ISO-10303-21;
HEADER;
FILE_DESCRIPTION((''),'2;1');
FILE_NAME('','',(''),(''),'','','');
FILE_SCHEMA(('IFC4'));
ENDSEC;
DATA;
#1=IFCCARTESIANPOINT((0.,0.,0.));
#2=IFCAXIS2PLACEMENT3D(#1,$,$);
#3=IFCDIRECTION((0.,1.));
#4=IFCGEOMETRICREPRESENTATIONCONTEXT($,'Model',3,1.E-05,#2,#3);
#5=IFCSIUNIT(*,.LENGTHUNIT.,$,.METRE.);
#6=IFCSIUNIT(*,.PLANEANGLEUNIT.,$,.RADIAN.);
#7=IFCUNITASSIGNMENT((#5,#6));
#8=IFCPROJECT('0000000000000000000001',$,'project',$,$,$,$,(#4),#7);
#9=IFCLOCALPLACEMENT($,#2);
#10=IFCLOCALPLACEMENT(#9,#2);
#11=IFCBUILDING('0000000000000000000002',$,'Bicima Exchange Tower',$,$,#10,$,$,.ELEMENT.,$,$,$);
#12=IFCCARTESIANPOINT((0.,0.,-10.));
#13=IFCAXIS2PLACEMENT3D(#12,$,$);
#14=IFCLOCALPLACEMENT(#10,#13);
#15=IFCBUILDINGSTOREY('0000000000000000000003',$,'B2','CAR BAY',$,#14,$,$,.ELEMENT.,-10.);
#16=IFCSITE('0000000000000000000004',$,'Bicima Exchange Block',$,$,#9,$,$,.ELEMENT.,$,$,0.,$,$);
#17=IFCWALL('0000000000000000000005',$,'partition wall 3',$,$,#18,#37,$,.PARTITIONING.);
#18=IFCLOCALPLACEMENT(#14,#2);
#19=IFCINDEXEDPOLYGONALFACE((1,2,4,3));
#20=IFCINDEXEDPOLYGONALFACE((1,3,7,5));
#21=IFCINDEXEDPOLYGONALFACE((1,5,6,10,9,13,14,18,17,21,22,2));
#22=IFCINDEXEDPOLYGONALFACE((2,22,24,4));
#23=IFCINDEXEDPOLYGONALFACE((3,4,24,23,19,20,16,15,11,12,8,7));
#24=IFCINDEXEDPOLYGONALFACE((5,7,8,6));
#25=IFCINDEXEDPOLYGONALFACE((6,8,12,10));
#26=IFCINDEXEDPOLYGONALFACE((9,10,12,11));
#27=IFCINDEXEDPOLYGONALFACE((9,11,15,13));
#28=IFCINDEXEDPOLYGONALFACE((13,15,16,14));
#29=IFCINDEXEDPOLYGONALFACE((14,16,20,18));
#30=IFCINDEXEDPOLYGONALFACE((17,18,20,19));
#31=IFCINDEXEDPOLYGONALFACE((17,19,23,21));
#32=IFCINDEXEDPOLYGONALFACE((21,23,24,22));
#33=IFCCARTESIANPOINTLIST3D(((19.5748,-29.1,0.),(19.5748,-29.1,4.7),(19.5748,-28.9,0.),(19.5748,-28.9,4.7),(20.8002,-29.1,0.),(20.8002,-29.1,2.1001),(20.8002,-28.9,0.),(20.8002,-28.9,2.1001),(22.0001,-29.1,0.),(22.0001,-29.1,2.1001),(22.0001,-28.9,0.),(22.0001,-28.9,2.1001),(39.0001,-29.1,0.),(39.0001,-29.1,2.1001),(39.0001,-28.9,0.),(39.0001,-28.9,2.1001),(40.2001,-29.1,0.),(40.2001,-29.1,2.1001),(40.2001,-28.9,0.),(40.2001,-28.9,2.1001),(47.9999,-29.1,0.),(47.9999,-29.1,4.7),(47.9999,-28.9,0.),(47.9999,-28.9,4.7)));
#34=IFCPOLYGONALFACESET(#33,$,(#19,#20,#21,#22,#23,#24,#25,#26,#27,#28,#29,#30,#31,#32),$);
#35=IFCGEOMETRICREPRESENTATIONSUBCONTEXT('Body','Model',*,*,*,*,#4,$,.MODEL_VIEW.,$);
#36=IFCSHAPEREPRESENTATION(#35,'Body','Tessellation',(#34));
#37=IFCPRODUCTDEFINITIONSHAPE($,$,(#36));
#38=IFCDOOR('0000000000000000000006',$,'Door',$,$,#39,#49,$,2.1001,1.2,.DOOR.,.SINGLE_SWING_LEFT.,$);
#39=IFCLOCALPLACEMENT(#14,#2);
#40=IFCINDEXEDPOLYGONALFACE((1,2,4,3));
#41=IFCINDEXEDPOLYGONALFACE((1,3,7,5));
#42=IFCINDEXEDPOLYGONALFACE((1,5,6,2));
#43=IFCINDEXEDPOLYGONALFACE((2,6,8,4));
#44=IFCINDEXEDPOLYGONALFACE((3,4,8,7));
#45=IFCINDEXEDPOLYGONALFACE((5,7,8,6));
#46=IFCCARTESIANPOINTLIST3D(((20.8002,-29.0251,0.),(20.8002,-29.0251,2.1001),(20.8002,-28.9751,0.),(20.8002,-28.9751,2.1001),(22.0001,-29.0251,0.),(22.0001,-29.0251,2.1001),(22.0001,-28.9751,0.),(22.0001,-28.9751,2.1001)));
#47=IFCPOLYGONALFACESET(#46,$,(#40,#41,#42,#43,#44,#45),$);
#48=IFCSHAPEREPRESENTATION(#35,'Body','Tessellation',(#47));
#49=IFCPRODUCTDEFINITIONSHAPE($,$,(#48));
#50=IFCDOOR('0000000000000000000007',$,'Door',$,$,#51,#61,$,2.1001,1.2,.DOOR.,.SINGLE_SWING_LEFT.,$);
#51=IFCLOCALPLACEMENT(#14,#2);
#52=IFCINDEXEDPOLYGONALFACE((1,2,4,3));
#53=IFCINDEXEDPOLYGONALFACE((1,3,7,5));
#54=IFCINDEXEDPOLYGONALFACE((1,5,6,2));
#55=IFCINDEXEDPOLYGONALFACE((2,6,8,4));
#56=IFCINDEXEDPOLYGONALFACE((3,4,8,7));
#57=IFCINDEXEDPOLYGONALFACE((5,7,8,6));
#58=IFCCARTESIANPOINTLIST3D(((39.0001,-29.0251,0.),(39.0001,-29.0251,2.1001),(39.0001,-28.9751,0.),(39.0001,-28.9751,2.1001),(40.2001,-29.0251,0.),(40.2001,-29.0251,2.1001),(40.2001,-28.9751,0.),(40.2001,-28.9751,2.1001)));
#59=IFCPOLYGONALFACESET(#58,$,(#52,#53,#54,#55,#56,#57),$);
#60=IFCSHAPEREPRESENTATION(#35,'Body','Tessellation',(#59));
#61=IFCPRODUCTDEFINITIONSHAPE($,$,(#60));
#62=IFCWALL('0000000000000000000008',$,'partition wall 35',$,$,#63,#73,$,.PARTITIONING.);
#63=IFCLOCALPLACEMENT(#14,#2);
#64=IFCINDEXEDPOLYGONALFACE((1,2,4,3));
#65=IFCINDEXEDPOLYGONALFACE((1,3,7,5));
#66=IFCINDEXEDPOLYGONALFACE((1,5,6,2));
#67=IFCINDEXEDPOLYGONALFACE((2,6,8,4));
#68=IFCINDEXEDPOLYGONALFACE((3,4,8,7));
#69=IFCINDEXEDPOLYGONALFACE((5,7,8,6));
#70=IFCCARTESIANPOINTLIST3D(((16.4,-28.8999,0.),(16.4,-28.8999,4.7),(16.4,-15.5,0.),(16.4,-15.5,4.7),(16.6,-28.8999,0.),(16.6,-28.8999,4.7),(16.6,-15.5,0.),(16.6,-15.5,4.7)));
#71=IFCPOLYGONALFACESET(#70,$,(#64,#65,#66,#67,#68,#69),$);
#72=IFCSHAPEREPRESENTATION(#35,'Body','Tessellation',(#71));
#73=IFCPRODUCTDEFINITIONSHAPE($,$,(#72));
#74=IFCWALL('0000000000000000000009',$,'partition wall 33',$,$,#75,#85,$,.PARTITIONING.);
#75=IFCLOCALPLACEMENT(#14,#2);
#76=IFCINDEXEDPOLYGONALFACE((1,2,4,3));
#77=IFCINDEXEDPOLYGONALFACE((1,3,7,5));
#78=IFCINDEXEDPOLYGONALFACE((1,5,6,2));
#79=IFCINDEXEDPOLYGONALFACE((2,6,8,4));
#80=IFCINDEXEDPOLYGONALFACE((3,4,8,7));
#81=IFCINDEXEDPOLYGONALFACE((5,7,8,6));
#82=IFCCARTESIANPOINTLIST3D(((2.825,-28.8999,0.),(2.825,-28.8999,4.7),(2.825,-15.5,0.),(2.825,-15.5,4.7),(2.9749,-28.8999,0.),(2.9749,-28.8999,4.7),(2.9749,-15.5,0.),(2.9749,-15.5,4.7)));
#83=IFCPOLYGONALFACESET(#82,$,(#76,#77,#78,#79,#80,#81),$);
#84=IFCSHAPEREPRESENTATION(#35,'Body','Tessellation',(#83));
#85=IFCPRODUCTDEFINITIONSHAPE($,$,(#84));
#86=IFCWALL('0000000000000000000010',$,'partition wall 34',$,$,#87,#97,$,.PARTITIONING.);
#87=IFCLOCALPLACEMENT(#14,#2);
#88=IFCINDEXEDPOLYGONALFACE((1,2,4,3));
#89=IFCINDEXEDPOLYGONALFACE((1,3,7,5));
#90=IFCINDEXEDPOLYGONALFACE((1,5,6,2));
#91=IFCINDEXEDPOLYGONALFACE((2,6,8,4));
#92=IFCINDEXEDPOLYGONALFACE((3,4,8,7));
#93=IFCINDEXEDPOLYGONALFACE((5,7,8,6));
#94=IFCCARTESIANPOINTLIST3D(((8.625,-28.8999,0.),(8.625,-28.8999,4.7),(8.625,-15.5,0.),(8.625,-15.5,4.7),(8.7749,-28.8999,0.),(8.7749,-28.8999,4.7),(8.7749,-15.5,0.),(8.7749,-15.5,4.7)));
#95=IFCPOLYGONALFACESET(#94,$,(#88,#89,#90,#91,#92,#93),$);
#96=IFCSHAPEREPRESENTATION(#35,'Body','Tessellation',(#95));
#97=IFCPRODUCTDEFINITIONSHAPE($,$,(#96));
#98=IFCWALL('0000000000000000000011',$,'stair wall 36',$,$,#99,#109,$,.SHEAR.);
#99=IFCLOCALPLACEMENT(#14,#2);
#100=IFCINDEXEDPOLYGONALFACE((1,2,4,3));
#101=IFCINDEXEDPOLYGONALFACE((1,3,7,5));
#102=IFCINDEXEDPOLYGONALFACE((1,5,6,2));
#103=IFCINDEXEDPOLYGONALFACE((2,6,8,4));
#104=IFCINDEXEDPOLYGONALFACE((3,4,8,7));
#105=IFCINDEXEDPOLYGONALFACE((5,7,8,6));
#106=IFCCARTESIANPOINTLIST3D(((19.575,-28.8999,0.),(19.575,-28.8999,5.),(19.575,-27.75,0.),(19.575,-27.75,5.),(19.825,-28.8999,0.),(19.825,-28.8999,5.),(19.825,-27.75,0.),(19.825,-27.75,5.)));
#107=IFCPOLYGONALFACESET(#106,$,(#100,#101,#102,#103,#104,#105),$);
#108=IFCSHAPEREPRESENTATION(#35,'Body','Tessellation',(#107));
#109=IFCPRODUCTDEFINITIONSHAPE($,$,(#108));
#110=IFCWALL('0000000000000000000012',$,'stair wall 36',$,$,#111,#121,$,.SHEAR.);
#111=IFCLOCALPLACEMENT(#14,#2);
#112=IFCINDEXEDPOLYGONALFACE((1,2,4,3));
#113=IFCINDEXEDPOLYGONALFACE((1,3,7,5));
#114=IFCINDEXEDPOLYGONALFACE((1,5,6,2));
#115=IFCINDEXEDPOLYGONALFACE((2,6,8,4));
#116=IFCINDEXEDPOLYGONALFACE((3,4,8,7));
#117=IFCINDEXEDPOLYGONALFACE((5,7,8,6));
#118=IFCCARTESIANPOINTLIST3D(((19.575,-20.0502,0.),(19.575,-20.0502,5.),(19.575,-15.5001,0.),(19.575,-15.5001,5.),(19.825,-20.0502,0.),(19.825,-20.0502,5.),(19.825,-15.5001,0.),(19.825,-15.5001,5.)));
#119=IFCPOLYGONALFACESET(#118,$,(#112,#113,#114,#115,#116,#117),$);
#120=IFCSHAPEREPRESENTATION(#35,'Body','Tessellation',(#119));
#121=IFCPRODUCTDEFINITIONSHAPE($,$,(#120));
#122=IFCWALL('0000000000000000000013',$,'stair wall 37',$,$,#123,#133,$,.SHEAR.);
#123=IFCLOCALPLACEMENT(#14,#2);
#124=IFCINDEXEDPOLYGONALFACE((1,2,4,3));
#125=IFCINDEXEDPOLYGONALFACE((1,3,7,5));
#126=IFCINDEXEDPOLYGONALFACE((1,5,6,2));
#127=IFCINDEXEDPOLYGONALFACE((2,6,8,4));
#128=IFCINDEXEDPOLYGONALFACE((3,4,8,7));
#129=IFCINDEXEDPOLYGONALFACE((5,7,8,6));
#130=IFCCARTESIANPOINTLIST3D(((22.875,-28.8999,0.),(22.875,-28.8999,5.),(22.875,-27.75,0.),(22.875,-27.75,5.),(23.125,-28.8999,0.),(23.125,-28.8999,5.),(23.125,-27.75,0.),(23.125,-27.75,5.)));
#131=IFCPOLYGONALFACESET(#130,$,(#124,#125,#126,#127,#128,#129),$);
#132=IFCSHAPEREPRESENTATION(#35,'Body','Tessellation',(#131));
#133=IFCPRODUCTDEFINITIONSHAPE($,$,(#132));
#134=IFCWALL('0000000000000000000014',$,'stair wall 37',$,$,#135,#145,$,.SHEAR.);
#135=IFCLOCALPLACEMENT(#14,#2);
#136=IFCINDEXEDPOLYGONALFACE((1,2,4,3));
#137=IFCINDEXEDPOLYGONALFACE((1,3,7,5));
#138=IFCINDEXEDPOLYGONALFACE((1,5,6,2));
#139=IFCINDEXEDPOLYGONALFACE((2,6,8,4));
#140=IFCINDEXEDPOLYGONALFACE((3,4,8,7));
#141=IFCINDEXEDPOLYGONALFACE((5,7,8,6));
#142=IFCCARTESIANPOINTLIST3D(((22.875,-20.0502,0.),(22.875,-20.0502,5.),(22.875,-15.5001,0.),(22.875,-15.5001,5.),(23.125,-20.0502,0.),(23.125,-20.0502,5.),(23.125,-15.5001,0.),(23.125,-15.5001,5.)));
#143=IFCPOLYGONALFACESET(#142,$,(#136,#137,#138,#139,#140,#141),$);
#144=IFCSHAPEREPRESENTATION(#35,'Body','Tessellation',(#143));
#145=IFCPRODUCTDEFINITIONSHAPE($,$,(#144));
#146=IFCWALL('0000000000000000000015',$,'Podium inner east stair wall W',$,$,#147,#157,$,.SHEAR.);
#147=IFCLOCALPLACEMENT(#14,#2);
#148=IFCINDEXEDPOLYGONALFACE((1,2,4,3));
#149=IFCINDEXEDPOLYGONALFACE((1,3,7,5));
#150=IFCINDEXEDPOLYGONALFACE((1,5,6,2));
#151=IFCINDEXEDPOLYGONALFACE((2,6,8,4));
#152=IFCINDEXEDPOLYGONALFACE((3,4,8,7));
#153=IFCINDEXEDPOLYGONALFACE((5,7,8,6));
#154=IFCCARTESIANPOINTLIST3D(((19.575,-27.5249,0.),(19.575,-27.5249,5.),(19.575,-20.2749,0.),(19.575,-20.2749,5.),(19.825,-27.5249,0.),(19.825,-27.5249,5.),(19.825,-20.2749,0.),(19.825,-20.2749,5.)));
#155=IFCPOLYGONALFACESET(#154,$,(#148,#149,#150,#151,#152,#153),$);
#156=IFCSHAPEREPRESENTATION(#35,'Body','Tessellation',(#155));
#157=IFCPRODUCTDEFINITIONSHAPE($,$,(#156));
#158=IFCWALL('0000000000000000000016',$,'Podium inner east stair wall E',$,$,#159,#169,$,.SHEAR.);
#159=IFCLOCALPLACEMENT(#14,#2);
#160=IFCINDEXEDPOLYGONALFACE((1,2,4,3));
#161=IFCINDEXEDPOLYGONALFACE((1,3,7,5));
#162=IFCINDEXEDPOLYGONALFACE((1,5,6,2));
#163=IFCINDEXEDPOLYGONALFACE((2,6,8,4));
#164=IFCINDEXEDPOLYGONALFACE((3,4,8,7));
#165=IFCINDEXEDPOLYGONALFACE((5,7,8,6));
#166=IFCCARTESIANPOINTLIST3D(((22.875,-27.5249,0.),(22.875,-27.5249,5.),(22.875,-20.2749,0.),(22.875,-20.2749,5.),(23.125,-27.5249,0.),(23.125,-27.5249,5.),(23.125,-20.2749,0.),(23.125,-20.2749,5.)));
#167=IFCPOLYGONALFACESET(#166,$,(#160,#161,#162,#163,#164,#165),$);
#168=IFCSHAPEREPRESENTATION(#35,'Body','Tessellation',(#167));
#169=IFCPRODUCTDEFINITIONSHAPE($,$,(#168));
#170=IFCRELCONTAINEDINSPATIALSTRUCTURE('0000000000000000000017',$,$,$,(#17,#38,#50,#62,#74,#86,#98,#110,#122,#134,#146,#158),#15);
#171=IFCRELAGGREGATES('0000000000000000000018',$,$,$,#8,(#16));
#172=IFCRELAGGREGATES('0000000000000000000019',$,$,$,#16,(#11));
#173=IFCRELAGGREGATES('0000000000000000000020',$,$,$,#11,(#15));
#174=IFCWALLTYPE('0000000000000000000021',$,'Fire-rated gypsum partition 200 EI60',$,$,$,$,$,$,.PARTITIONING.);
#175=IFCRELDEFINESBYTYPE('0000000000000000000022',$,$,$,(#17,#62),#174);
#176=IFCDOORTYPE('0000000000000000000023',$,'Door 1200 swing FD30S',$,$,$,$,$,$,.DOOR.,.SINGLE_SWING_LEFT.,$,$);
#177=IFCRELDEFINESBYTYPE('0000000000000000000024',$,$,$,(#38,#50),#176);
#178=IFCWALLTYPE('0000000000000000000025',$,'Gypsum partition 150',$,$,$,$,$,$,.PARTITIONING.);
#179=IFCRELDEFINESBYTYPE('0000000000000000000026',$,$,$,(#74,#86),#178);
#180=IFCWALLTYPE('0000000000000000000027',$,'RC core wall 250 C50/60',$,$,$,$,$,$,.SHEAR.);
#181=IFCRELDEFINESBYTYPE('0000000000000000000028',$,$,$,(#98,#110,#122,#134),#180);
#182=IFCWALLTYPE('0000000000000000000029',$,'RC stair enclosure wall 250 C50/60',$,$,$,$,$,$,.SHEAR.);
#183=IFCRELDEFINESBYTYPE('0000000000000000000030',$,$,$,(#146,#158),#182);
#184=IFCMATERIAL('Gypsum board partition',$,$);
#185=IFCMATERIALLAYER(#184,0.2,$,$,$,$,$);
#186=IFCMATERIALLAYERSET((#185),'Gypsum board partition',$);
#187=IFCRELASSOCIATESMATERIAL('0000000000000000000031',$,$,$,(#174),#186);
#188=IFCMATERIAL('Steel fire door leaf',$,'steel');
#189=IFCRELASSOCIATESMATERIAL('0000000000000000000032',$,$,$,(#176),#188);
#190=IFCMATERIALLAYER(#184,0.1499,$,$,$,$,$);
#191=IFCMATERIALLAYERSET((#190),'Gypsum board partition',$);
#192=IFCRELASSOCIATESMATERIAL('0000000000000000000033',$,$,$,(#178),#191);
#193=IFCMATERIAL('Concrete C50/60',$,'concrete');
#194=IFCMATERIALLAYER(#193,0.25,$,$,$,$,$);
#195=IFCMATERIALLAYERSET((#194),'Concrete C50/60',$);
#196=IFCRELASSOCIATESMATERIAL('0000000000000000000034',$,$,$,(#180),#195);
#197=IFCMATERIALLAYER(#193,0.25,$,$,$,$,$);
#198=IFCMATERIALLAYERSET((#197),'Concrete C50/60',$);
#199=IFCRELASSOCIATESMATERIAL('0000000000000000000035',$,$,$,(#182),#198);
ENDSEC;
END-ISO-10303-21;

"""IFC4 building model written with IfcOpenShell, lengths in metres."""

from ifc_helpers import new_model, si_unit, direction, frame, frame_2d, origin, place, context, subcontext, project, spatial, rectangle, extrude, material, layer, layer_set, type_object, element, fill, save


model = new_model("IFC4")

# Units and contexts
model_context = context("Model", 3, precision=1e-05, world=origin(), true_north=direction((0.0, 1.0)))
body_context = subcontext(model_context, "Body", "Model", "MODEL_VIEW")
ifc_project = project(units=[si_unit("LENGTHUNIT", "METRE"), si_unit("PLANEANGLEUNIT", "RADIAN")], contexts=[model_context])

# Site, building, storey
site_placement = place(None, origin())
site = spatial("IfcSite", under=ifc_project, at=site_placement, Name="Bicima Exchange Block", CompositionType="ELEMENT", RefElevation=0.0)
building_placement = place(site_placement, origin())
building = spatial("IfcBuilding", under=site, at=building_placement, Name="Bicima Exchange Tower", CompositionType="ELEMENT")
storey_placement = place(building_placement, frame((0.0, 0.0, -10.0)))
storey = spatial("IfcBuildingStorey", under=building, at=storey_placement, Name="B2", Description="CAR BAY", CompositionType="ELEMENT", Elevation=-10.0)

# Wall, openings, doors
ifc_material_1 = material(Name="Gypsum board partition")
ifc_layer_1 = layer(ifc_material_1, 0.2)
ifc_layer_set_1 = layer_set([ifc_layer_1], Name="Gypsum board partition")
wall_type_1 = type_object("IfcWallType", Name="Fire-rated gypsum partition 200 EI60", PredefinedType="PARTITIONING", material=ifc_layer_set_1)
wall_1_placement = place(storey_placement, frame((19.575, -29.0, 0.0), z_axis=(0.0, 0.0, 1.0), x_axis=(1.0, 0.0, 0.0)))
wall_1 = element("IfcWall", 1, at=wall_1_placement, inside=storey, type_object=wall_type_1, Name="partition wall 3", PredefinedType="PARTITIONING", context=body_context, shape_type="SweptSolid", body=[
    extrude(rectangle(XDim=28.425, YDim=0.2, at=frame_2d((14.2124, 0.0))), origin(), (0.0, 0.0, 1.0), 4.7),
])
opening_1_placement = place(wall_1_placement, frame((1.2251, 0.0, 0.0)))
opening_1 = element("IfcOpeningElement", 2, at=opening_1_placement, cuts=wall_1, PredefinedType="OPENING", context=body_context, shape_type="SweptSolid", body=[
    extrude(rectangle(XDim=1.2, YDim=2.1001, at=frame_2d((0.6001, 1.05))), frame((0.0, 0.1118, 0.0), z_axis=(0.0, -1.0, 0.0), x_axis=(1.0, 0.0, 0.0)), (0.0, 0.0, 1.0), 0.2239),
])
opening_2_placement = place(wall_1_placement, frame((19.425, 0.0, 0.0)))
opening_2 = element("IfcOpeningElement", 3, at=opening_2_placement, cuts=wall_1, PredefinedType="OPENING", context=body_context, shape_type="SweptSolid", body=[
    extrude(rectangle(XDim=1.2, YDim=2.1001, at=frame_2d((0.6001, 1.05))), frame((0.0, 0.1118, 0.0), z_axis=(0.0, -1.0, 0.0), x_axis=(1.0, 0.0, 0.0)), (0.0, 0.0, 1.0), 0.2239),
])
ifc_material_2 = material(Name="Steel fire door leaf", Category="steel")
door_type_1 = type_object("IfcDoorType", Name="Door 1200 swing FD30S", OperationType="SINGLE_SWING_LEFT", PredefinedType="DOOR", material=ifc_material_2)
door_1_placement = place(opening_1_placement, origin())
door_1 = element("IfcDoor", 4, at=door_1_placement, inside=storey, type_object=door_type_1, Name="Door", OperationType="SINGLE_SWING_LEFT", OverallHeight=2.1001, OverallWidth=1.2, PredefinedType="DOOR", context=body_context, shape_type="SweptSolid", body=[
    extrude(rectangle(XDim=1.2, YDim=2.1001, at=frame_2d((0.6001, 1.05))), frame((0.0, 0.0249, 0.0), z_axis=(0.0, -1.0, 0.0), x_axis=(1.0, 0.0, 0.0)), (0.0, 0.0, 1.0), 0.05),
])
fill(opening_1, door_1)
door_2_placement = place(opening_2_placement, origin())
door_2 = element("IfcDoor", 5, at=door_2_placement, inside=storey, type_object=door_type_1, Name="Door", OperationType="SINGLE_SWING_LEFT", OverallHeight=2.1001, OverallWidth=1.2, PredefinedType="DOOR", context=body_context, shape_type="SweptSolid", body=[
    extrude(rectangle(XDim=1.2, YDim=2.1001, at=frame_2d((0.6001, 1.05))), frame((0.0, 0.0249, 0.0), z_axis=(0.0, -1.0, 0.0), x_axis=(1.0, 0.0, 0.0)), (0.0, 0.0, 1.0), 0.05),
])
fill(opening_2, door_2)

# Walls
wall_2_placement = place(storey_placement, frame((16.5, -28.8999, 0.0), z_axis=(0.0, 0.0, 1.0), x_axis=(0.0, 1.0, 0.0)))
element("IfcWall", 6, at=wall_2_placement, inside=storey, type_object=wall_type_1, Name="partition wall 35", PredefinedType="PARTITIONING", context=body_context, shape_type="SweptSolid", body=[
    extrude(rectangle(XDim=13.3999, YDim=0.2, at=frame_2d((6.7, 0.0))), origin(), (0.0, 0.0, 1.0), 4.7),
])
ifc_layer_2 = layer(ifc_material_1, 0.1499)
ifc_layer_set_2 = layer_set([ifc_layer_2], Name="Gypsum board partition")
wall_type_2 = type_object("IfcWallType", Name="Gypsum partition 150", PredefinedType="PARTITIONING", material=ifc_layer_set_2)
for number, where, z_axis, x_axis, name in (
    (7, (2.8999, -28.8999, 0.0), (0.0, 0.0, 1.0), (0.0, 1.0, 0.0), "partition wall 33"),
    (8, (8.7, -28.8999, 0.0), (0.0, 0.0, 1.0), (0.0, 1.0, 0.0), "partition wall 34"),
):
    element("IfcWall", number, at=place(storey_placement, frame(where, z_axis=z_axis, x_axis=x_axis)), inside=storey, type_object=wall_type_2, Name=name, PredefinedType="PARTITIONING", context=body_context, shape_type="SweptSolid", body=[
        extrude(rectangle(XDim=13.3999, YDim=0.1499, at=frame_2d((6.7, 0.0))), origin(), (0.0, 0.0, 1.0), 4.7),
    ])
ifc_material_3 = material(Name="Concrete C50/60", Category="concrete")
ifc_layer_3 = layer(ifc_material_3, 0.25)
ifc_layer_set_3 = layer_set([ifc_layer_3], Name="Concrete C50/60")
wall_type_3 = type_object("IfcWallType", Name="RC core wall 250 C50/60", PredefinedType="SHEAR", material=ifc_layer_set_3)
wall_3_placement = place(storey_placement, frame((19.7, -28.8999, 0.0), z_axis=(0.0, 0.0, 1.0), x_axis=(0.0, 1.0, 0.0)))
element("IfcWall", 9, at=wall_3_placement, inside=storey, type_object=wall_type_3, Name="stair wall 36", PredefinedType="SHEAR", context=body_context, shape_type="SweptSolid", body=[
    extrude(rectangle(XDim=1.1499, YDim=0.25, at=frame_2d((0.575, 0.0))), origin(), (0.0, 0.0, 1.0), 5.0),
])
wall_4_placement = place(storey_placement, frame((19.7, -20.05, 0.0), z_axis=(0.0, 0.0, 1.0), x_axis=(0.0, 1.0, 0.0)))
element("IfcWall", 10, at=wall_4_placement, inside=storey, type_object=wall_type_3, Name="stair wall 36", PredefinedType="SHEAR", context=body_context, shape_type="SweptSolid", body=[
    extrude(rectangle(XDim=4.55, YDim=0.25, at=frame_2d((2.2749, 0.0))), origin(), (0.0, 0.0, 1.0), 5.0),
])
wall_5_placement = place(storey_placement, frame((23.0, -28.8999, 0.0), z_axis=(0.0, 0.0, 1.0), x_axis=(0.0, 1.0, 0.0)))
element("IfcWall", 11, at=wall_5_placement, inside=storey, type_object=wall_type_3, Name="stair wall 37", PredefinedType="SHEAR", context=body_context, shape_type="SweptSolid", body=[
    extrude(rectangle(XDim=1.1499, YDim=0.25, at=frame_2d((0.575, 0.0))), origin(), (0.0, 0.0, 1.0), 5.0),
])
wall_6_placement = place(storey_placement, frame((23.0, -20.05, 0.0), z_axis=(0.0, 0.0, 1.0), x_axis=(0.0, 1.0, 0.0)))
element("IfcWall", 12, at=wall_6_placement, inside=storey, type_object=wall_type_3, Name="stair wall 37", PredefinedType="SHEAR", context=body_context, shape_type="SweptSolid", body=[
    extrude(rectangle(XDim=4.55, YDim=0.25, at=frame_2d((2.2749, 0.0))), origin(), (0.0, 0.0, 1.0), 5.0),
])
ifc_layer_4 = layer(ifc_material_3, 0.25)
ifc_layer_set_4 = layer_set([ifc_layer_4], Name="Concrete C50/60")
wall_type_4 = type_object("IfcWallType", Name="RC stair enclosure wall 250 C50/60", PredefinedType="SHEAR", material=ifc_layer_set_4)
for number, where, z_axis, x_axis, name in (
    (13, (19.7, -27.5249, 0.0), (0.0, 0.0, 1.0), (0.0, 1.0, 0.0), "Podium inner east stair wall W"),
    (14, (23.0, -27.5249, 0.0), (0.0, 0.0, 1.0), (0.0, 1.0, 0.0), "Podium inner east stair wall E"),
):
    element("IfcWall", number, at=place(storey_placement, frame(where, z_axis=z_axis, x_axis=x_axis)), inside=storey, type_object=wall_type_4, Name=name, PredefinedType="SHEAR", context=body_context, shape_type="SweptSolid", body=[
        extrude(rectangle(XDim=7.25, YDim=0.25, at=frame_2d((3.625, 0.0))), origin(), (0.0, 0.0, 1.0), 5.0),
    ])

save(model, "model.ifc")
